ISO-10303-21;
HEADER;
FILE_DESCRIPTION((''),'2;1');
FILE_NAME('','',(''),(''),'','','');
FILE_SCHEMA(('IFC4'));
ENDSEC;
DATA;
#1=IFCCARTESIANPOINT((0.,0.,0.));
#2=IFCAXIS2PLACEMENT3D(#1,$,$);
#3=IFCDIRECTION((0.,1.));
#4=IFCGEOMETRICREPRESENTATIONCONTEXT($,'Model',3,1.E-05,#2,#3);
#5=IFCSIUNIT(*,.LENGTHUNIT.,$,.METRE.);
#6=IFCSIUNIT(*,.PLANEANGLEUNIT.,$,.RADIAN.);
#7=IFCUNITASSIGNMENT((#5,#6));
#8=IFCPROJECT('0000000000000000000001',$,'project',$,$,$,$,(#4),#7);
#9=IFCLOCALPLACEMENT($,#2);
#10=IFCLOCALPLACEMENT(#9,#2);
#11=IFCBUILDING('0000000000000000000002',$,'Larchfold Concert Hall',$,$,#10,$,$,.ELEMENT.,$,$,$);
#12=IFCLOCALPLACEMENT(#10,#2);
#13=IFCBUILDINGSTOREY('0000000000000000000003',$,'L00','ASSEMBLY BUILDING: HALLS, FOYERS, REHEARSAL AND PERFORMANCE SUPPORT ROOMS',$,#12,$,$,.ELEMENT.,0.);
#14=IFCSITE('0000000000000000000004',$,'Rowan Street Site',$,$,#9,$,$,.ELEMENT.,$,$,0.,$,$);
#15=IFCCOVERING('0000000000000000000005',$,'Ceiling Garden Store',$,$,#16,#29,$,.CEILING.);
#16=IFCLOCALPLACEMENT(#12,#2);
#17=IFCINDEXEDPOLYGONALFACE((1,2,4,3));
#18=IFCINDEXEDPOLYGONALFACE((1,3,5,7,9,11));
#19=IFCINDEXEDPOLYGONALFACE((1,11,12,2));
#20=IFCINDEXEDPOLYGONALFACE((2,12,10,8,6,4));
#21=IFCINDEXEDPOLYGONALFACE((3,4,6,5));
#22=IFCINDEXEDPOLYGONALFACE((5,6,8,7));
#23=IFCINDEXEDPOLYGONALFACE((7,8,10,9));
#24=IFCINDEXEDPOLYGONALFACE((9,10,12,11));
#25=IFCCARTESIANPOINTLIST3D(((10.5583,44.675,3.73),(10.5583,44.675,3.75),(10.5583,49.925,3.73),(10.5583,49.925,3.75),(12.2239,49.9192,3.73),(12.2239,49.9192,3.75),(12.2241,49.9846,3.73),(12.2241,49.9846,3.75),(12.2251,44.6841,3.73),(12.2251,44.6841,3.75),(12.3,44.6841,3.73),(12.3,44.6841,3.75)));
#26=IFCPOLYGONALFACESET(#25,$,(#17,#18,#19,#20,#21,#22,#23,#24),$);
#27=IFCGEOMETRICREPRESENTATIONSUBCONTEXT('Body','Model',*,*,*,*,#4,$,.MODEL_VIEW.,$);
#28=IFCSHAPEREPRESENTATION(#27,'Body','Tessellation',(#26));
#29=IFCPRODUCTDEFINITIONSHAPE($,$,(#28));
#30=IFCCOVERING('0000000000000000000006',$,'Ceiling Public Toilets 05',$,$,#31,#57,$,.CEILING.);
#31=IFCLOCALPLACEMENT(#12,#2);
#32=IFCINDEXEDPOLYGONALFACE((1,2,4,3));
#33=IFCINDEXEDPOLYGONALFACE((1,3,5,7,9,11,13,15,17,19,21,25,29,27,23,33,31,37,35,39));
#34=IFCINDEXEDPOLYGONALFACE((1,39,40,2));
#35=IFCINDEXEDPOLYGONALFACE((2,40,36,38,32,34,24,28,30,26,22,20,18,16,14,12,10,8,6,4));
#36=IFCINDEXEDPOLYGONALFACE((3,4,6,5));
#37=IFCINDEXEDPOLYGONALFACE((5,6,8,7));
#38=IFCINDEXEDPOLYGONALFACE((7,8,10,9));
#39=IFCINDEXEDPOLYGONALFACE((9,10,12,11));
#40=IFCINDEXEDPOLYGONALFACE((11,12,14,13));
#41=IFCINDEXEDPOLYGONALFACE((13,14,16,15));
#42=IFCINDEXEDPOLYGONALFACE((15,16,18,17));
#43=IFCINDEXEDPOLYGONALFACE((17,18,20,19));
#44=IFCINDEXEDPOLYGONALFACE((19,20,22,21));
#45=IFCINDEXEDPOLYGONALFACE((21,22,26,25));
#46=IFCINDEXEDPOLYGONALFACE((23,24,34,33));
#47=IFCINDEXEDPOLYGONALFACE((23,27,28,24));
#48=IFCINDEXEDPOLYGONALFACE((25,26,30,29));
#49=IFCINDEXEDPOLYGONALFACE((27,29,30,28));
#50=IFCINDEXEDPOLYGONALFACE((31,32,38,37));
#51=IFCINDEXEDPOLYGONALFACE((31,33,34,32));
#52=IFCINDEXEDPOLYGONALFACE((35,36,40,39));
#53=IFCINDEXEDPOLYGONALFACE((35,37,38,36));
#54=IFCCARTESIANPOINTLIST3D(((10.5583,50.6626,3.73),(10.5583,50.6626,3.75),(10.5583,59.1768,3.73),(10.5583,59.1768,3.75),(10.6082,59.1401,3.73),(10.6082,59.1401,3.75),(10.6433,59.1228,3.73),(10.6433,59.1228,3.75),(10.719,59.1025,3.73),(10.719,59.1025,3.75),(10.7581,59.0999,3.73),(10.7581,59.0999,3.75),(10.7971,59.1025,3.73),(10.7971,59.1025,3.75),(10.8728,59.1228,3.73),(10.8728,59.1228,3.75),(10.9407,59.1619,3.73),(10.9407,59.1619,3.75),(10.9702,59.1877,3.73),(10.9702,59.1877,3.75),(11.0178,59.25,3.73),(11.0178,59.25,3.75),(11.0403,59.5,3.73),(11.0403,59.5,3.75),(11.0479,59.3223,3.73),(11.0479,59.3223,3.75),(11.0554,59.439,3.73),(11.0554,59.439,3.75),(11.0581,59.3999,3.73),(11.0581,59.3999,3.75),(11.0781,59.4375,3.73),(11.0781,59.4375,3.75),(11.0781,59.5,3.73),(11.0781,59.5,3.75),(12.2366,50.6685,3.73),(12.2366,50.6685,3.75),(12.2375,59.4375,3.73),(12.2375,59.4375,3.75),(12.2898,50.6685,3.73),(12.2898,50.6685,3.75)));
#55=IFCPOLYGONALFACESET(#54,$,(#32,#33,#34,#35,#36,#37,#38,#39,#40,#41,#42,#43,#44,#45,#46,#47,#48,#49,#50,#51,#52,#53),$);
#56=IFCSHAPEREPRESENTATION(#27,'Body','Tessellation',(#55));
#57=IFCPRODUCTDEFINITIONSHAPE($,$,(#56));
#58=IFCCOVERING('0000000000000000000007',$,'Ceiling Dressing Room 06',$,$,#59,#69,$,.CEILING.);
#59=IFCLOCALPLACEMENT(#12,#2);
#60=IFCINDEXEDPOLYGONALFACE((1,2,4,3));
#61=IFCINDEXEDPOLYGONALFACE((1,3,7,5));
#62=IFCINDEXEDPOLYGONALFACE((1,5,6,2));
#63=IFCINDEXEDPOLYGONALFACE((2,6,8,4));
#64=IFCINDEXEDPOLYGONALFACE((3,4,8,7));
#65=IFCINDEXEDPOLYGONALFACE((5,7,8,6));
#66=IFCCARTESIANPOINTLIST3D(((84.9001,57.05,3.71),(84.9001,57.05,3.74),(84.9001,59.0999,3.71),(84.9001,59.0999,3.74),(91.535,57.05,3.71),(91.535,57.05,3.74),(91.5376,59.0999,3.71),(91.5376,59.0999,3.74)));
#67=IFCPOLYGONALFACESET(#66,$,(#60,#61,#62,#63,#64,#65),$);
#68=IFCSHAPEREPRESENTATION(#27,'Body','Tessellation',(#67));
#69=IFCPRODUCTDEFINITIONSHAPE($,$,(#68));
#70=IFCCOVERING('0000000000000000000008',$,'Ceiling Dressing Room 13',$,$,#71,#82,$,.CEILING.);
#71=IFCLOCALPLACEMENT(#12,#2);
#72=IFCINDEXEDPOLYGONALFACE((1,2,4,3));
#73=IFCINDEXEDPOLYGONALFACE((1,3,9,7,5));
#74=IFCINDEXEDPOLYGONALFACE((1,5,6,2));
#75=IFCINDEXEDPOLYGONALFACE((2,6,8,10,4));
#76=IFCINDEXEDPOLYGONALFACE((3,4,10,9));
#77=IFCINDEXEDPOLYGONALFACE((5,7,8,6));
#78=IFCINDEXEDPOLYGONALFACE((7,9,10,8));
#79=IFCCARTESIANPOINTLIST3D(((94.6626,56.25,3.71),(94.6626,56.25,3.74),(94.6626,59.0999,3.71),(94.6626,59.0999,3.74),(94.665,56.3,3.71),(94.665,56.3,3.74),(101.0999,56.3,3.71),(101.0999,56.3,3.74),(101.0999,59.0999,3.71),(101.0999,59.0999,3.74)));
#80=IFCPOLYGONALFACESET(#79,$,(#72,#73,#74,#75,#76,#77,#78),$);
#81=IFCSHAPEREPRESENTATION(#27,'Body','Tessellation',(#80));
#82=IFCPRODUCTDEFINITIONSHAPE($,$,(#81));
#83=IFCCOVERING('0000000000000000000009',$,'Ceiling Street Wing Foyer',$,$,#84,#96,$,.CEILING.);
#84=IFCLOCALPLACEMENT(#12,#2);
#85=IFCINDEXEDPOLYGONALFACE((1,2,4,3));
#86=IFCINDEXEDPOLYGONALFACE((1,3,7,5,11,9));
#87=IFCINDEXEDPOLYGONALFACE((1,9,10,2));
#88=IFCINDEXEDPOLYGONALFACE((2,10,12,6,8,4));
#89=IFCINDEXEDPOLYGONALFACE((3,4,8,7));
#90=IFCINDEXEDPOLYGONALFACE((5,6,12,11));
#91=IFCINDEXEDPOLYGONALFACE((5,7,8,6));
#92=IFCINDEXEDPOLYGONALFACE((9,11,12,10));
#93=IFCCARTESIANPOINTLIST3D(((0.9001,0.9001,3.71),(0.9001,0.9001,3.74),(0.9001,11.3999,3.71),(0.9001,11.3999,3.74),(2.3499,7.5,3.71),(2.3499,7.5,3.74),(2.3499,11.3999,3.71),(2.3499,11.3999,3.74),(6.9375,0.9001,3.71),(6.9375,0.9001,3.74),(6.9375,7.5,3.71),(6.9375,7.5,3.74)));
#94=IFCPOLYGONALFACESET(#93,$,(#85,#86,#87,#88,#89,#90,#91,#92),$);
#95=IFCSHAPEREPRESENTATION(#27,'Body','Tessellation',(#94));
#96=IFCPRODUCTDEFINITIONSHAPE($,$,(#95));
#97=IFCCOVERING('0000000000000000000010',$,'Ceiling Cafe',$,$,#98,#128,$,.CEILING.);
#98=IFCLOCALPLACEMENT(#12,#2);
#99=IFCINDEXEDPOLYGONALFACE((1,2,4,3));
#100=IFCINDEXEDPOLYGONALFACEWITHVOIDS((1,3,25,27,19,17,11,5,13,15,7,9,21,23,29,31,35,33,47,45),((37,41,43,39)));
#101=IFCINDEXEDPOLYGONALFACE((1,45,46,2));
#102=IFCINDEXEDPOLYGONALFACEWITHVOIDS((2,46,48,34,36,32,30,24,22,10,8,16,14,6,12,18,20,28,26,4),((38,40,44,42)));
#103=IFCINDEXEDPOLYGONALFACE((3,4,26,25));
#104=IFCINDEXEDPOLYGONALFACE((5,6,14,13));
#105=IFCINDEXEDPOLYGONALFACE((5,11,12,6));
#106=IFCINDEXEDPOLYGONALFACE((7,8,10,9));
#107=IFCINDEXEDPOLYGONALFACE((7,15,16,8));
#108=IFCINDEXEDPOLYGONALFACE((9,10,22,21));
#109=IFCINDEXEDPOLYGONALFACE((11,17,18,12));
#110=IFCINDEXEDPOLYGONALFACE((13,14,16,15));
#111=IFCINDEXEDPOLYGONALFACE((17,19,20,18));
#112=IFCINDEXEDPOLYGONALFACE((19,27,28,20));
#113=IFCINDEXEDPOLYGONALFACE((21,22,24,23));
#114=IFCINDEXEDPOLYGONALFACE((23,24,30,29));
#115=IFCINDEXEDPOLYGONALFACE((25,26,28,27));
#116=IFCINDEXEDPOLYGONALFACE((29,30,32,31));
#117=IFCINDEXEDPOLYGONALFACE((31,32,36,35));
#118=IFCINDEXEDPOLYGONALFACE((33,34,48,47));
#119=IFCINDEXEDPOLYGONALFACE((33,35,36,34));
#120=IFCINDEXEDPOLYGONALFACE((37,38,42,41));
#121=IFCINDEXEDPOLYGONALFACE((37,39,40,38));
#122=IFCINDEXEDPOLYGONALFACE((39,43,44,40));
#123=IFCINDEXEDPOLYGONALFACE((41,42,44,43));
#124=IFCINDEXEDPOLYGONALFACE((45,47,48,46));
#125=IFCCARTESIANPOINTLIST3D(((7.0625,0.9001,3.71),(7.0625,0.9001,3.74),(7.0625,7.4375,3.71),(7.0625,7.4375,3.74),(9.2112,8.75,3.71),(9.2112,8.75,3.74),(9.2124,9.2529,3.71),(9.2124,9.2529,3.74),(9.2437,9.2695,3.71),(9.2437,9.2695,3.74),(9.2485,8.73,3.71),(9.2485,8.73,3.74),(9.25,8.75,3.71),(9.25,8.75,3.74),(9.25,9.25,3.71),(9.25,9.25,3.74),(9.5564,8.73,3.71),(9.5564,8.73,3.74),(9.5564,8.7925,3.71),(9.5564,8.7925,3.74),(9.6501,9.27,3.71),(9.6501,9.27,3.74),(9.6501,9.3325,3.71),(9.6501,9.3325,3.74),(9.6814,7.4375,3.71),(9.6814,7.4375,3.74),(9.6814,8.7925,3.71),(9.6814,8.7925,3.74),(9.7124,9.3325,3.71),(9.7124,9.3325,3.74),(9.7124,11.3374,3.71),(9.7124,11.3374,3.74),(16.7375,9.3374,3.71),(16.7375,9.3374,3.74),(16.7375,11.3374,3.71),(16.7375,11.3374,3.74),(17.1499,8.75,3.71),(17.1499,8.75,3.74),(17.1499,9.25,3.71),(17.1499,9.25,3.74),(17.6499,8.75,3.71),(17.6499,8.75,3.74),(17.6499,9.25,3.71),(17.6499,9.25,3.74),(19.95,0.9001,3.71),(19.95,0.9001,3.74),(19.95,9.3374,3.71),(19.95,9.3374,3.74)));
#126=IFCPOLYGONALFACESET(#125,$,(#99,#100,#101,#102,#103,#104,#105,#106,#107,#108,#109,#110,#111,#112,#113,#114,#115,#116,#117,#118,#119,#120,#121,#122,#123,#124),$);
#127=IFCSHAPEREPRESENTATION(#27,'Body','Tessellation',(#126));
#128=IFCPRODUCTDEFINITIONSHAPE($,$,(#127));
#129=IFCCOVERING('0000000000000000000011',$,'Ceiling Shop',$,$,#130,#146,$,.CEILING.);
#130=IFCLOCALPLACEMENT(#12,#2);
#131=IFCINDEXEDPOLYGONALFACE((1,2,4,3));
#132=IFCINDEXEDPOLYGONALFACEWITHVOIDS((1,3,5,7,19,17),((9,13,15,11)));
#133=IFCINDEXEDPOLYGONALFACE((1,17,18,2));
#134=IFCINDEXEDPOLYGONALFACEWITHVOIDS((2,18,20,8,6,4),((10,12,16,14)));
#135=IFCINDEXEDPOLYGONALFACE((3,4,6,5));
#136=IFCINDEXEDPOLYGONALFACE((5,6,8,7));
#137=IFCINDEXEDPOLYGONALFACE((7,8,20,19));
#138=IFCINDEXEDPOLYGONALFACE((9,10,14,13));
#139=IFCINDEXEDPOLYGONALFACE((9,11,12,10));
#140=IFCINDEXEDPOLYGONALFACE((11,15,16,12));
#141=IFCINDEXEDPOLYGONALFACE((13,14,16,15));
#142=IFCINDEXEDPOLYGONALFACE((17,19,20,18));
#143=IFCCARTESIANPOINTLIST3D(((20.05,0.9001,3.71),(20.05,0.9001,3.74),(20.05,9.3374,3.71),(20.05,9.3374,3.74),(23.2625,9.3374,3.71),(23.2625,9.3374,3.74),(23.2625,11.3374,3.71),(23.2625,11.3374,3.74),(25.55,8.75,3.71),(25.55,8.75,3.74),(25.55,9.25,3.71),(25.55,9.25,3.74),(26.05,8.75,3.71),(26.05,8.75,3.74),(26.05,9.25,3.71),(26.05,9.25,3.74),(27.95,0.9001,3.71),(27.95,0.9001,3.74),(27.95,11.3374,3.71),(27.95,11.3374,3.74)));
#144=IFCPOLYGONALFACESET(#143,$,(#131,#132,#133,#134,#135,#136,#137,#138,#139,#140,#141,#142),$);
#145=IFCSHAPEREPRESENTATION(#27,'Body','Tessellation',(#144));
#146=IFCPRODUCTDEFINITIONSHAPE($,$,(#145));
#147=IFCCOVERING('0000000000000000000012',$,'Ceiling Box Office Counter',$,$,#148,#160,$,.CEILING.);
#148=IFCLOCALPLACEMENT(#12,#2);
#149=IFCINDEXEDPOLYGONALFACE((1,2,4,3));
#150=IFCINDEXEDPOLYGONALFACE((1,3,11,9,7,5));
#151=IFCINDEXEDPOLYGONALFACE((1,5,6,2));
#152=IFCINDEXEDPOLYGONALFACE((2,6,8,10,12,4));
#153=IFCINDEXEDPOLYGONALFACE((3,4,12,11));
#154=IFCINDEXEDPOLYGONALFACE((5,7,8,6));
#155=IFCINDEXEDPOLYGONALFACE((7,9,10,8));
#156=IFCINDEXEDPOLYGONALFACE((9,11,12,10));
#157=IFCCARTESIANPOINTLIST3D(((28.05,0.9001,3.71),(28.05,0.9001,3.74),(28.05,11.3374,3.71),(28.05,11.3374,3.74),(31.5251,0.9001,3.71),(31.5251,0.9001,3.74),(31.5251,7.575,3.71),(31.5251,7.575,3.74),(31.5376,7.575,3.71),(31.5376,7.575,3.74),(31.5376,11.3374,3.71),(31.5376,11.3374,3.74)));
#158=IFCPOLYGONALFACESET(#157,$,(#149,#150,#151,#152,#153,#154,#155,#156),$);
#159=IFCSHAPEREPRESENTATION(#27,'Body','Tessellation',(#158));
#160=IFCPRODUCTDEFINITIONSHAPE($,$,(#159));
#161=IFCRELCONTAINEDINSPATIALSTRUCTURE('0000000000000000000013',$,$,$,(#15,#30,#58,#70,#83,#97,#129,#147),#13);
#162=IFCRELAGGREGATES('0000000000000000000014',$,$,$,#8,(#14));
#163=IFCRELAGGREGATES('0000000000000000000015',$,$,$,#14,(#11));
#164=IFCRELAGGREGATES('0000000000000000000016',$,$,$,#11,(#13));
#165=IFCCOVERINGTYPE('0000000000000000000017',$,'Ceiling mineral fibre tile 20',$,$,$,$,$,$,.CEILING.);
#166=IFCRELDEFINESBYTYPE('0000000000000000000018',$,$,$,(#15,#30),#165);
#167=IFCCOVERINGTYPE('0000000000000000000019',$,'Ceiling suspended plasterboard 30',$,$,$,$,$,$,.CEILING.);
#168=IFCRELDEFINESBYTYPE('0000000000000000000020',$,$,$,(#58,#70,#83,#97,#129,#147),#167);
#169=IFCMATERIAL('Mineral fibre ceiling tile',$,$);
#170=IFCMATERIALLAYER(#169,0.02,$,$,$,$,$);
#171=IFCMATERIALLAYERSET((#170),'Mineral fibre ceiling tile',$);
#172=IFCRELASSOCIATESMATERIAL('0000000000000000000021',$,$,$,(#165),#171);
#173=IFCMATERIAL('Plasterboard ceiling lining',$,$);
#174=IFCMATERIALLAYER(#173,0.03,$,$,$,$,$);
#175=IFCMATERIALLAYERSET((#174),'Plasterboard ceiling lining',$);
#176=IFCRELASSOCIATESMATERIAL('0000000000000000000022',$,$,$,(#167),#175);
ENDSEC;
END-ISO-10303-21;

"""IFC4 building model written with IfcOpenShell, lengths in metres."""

from ifc_helpers import new_model, si_unit, direction, frame, origin, place, context, subcontext, project, spatial, polyline, outline, extrude, material, layer, layer_set, type_object, element, save


model = new_model("IFC4")

# Units and contexts
model_context = context("Model", 3, precision=1e-05, world=origin(), true_north=direction((0.0, 1.0)))
body_context = subcontext(model_context, "Body", "Model", "MODEL_VIEW")
ifc_project = project(units=[si_unit("LENGTHUNIT", "METRE"), si_unit("PLANEANGLEUNIT", "RADIAN")], contexts=[model_context])

# Site, building, storey
site_placement = place(None, origin())
site = spatial("IfcSite", under=ifc_project, at=site_placement, Name="Rowan Street Site", CompositionType="ELEMENT", RefElevation=0.0)
building_placement = place(site_placement, origin())
building = spatial("IfcBuilding", under=site, at=building_placement, Name="Larchfold Concert Hall", CompositionType="ELEMENT")
storey_placement = place(building_placement, origin())
storey = spatial("IfcBuildingStorey", under=building, at=storey_placement, Name="L00", Description="ASSEMBLY BUILDING: HALLS, FOYERS, REHEARSAL AND PERFORMANCE SUPPORT ROOMS", CompositionType="ELEMENT", Elevation=0.0)

# Coverings
ifc_material_1 = material(Name="Mineral fibre ceiling tile")
ifc_layer_1 = layer(ifc_material_1, 0.02)
ifc_layer_set_1 = layer_set([ifc_layer_1], Name="Mineral fibre ceiling tile")
covering_type_1 = type_object("IfcCoveringType", Name="Ceiling mineral fibre tile 20", PredefinedType="CEILING", material=ifc_layer_set_1)
covering_1_placement = place(storey_placement, frame((0.0, 0.0, 3.73)))
element("IfcCovering", 1, at=covering_1_placement, inside=storey, type_object=covering_type_1, Name="Ceiling Garden Store", PredefinedType="CEILING", context=body_context, shape_type="SweptSolid", body=[
    extrude(outline(polyline([(12.2241, 49.9846), (12.2239, 49.9192), (10.5583, 49.925), (10.5583, 44.675), (12.3, 44.6841), (12.2251, 44.6841), (12.2241, 49.9846)])), origin(), (0.0, 0.0, 1.0), 0.02),
])
covering_2_placement = place(storey_placement, frame((0.0, 0.0, 3.73)))
element("IfcCovering", 2, at=covering_2_placement, inside=storey, type_object=covering_type_1, Name="Ceiling Public Toilets 05", PredefinedType="CEILING", context=body_context, shape_type="SweptSolid", body=[
    extrude(outline(polyline([(10.5583, 59.1768), (10.5583, 50.6626), (12.2898, 50.6685), (12.2366, 50.6685), (12.2375, 59.4375), (11.0781, 59.4375), (11.0781, 59.5), (11.0403, 59.5), (11.0554, 59.439), (11.0581, 59.3999), (11.0479, 59.3223), (11.0178, 59.25), (10.9702, 59.1877), (10.9407, 59.1619), (10.8728, 59.1228), (10.7971, 59.1025), (10.7581, 59.0999), (10.719, 59.1025), (10.6433, 59.1228), (10.6082, 59.1401), (10.5583, 59.1768)])), origin(), (0.0, 0.0, 1.0), 0.02),
])
ifc_material_2 = material(Name="Plasterboard ceiling lining")
ifc_layer_2 = layer(ifc_material_2, 0.03)
ifc_layer_set_2 = layer_set([ifc_layer_2], Name="Plasterboard ceiling lining")
covering_type_2 = type_object("IfcCoveringType", Name="Ceiling suspended plasterboard 30", PredefinedType="CEILING", material=ifc_layer_set_2)
covering_3_placement = place(storey_placement, frame((0.0, 0.0, 3.71)))
element("IfcCovering", 3, at=covering_3_placement, inside=storey, type_object=covering_type_2, Name="Ceiling Dressing Room 06", PredefinedType="CEILING", context=body_context, shape_type="SweptSolid", body=[
    extrude(outline(polyline([(91.5349, 57.0), (91.5376, 59.0999), (84.9001, 59.0999), (84.9001, 57.05), (91.5349, 57.05), (91.5349, 57.0)])), origin(), (0.0, 0.0, 1.0), 0.03),
])
covering_4_placement = place(storey_placement, frame((0.0, 0.0, 3.71)))
element("IfcCovering", 4, at=covering_4_placement, inside=storey, type_object=covering_type_2, Name="Ceiling Dressing Room 13", PredefinedType="CEILING", context=body_context, shape_type="SweptSolid", body=[
    extrude(outline(polyline([(94.6626, 56.25), (94.665, 56.3), (101.0999, 56.3), (101.0999, 59.0999), (94.6626, 59.0999), (94.6626, 56.25)])), origin(), (0.0, 0.0, 1.0), 0.03),
])
covering_5_placement = place(storey_placement, frame((0.0, 0.0, 3.71)))
element("IfcCovering", 5, at=covering_5_placement, inside=storey, type_object=covering_type_2, Name="Ceiling Street Wing Foyer", PredefinedType="CEILING", context=body_context, shape_type="SweptSolid", body=[
    extrude(outline(polyline([(0.9001, 0.9001), (6.9375, 0.9001), (6.9375, 7.5), (2.3499, 7.5), (2.3499, 11.3999), (0.9001, 11.3999), (0.9001, 0.9001)])), origin(), (0.0, 0.0, 1.0), 0.03),
])
covering_6_placement = place(storey_placement, frame((0.0, 0.0, 3.71)))
element("IfcCovering", 6, at=covering_6_placement, inside=storey, type_object=covering_type_2, Name="Ceiling Cafe", PredefinedType="CEILING", context=body_context, shape_type="SweptSolid", body=[
    extrude(outline(polyline([(9.2485, 8.73), (9.5564, 8.73), (9.5564, 8.7925), (9.6814, 8.7925), (9.6814, 7.4375), (7.0625, 7.4375), (7.0625, 0.9001), (19.95, 0.9001), (19.95, 9.3374), (16.7375, 9.3374), (16.7375, 11.3374), (9.7124, 11.3374), (9.7124, 9.3325), (9.6501, 9.3325), (9.6501, 9.27), (9.2437, 9.2695), (9.2124, 9.2529), (9.25, 9.25), (9.25, 8.75), (9.2112, 8.75), (9.2485, 8.73)]), holes=[polyline([(17.6499, 8.75), (17.1499, 8.75), (17.1499, 9.25), (17.6499, 9.25), (17.6499, 8.75)])]), origin(), (0.0, 0.0, 1.0), 0.03),
])
covering_7_placement = place(storey_placement, frame((0.0, 0.0, 3.71)))
element("IfcCovering", 7, at=covering_7_placement, inside=storey, type_object=covering_type_2, Name="Ceiling Shop", PredefinedType="CEILING", context=body_context, shape_type="SweptSolid", body=[
    extrude(outline(polyline([(20.05, 0.9001), (27.95, 0.9001), (27.95, 11.3374), (23.2625, 11.3374), (23.2625, 9.3374), (20.05, 9.3374), (20.05, 0.9001)]), holes=[polyline([(25.55, 9.25), (26.05, 9.25), (26.05, 8.75), (25.55, 8.75), (25.55, 9.25)])]), origin(), (0.0, 0.0, 1.0), 0.03),
])
covering_8_placement = place(storey_placement, frame((0.0, 0.0, 3.71)))
element("IfcCovering", 8, at=covering_8_placement, inside=storey, type_object=covering_type_2, Name="Ceiling Box Office Counter", PredefinedType="CEILING", context=body_context, shape_type="SweptSolid", body=[
    extrude(outline(polyline([(28.05, 0.9001), (31.5251, 0.9001), (31.5251, 7.575), (31.5376, 7.575), (31.5376, 11.3374), (28.05, 11.3374), (28.05, 0.9001)])), origin(), (0.0, 0.0, 1.0), 0.03),
])

save(model, "model.ifc")
